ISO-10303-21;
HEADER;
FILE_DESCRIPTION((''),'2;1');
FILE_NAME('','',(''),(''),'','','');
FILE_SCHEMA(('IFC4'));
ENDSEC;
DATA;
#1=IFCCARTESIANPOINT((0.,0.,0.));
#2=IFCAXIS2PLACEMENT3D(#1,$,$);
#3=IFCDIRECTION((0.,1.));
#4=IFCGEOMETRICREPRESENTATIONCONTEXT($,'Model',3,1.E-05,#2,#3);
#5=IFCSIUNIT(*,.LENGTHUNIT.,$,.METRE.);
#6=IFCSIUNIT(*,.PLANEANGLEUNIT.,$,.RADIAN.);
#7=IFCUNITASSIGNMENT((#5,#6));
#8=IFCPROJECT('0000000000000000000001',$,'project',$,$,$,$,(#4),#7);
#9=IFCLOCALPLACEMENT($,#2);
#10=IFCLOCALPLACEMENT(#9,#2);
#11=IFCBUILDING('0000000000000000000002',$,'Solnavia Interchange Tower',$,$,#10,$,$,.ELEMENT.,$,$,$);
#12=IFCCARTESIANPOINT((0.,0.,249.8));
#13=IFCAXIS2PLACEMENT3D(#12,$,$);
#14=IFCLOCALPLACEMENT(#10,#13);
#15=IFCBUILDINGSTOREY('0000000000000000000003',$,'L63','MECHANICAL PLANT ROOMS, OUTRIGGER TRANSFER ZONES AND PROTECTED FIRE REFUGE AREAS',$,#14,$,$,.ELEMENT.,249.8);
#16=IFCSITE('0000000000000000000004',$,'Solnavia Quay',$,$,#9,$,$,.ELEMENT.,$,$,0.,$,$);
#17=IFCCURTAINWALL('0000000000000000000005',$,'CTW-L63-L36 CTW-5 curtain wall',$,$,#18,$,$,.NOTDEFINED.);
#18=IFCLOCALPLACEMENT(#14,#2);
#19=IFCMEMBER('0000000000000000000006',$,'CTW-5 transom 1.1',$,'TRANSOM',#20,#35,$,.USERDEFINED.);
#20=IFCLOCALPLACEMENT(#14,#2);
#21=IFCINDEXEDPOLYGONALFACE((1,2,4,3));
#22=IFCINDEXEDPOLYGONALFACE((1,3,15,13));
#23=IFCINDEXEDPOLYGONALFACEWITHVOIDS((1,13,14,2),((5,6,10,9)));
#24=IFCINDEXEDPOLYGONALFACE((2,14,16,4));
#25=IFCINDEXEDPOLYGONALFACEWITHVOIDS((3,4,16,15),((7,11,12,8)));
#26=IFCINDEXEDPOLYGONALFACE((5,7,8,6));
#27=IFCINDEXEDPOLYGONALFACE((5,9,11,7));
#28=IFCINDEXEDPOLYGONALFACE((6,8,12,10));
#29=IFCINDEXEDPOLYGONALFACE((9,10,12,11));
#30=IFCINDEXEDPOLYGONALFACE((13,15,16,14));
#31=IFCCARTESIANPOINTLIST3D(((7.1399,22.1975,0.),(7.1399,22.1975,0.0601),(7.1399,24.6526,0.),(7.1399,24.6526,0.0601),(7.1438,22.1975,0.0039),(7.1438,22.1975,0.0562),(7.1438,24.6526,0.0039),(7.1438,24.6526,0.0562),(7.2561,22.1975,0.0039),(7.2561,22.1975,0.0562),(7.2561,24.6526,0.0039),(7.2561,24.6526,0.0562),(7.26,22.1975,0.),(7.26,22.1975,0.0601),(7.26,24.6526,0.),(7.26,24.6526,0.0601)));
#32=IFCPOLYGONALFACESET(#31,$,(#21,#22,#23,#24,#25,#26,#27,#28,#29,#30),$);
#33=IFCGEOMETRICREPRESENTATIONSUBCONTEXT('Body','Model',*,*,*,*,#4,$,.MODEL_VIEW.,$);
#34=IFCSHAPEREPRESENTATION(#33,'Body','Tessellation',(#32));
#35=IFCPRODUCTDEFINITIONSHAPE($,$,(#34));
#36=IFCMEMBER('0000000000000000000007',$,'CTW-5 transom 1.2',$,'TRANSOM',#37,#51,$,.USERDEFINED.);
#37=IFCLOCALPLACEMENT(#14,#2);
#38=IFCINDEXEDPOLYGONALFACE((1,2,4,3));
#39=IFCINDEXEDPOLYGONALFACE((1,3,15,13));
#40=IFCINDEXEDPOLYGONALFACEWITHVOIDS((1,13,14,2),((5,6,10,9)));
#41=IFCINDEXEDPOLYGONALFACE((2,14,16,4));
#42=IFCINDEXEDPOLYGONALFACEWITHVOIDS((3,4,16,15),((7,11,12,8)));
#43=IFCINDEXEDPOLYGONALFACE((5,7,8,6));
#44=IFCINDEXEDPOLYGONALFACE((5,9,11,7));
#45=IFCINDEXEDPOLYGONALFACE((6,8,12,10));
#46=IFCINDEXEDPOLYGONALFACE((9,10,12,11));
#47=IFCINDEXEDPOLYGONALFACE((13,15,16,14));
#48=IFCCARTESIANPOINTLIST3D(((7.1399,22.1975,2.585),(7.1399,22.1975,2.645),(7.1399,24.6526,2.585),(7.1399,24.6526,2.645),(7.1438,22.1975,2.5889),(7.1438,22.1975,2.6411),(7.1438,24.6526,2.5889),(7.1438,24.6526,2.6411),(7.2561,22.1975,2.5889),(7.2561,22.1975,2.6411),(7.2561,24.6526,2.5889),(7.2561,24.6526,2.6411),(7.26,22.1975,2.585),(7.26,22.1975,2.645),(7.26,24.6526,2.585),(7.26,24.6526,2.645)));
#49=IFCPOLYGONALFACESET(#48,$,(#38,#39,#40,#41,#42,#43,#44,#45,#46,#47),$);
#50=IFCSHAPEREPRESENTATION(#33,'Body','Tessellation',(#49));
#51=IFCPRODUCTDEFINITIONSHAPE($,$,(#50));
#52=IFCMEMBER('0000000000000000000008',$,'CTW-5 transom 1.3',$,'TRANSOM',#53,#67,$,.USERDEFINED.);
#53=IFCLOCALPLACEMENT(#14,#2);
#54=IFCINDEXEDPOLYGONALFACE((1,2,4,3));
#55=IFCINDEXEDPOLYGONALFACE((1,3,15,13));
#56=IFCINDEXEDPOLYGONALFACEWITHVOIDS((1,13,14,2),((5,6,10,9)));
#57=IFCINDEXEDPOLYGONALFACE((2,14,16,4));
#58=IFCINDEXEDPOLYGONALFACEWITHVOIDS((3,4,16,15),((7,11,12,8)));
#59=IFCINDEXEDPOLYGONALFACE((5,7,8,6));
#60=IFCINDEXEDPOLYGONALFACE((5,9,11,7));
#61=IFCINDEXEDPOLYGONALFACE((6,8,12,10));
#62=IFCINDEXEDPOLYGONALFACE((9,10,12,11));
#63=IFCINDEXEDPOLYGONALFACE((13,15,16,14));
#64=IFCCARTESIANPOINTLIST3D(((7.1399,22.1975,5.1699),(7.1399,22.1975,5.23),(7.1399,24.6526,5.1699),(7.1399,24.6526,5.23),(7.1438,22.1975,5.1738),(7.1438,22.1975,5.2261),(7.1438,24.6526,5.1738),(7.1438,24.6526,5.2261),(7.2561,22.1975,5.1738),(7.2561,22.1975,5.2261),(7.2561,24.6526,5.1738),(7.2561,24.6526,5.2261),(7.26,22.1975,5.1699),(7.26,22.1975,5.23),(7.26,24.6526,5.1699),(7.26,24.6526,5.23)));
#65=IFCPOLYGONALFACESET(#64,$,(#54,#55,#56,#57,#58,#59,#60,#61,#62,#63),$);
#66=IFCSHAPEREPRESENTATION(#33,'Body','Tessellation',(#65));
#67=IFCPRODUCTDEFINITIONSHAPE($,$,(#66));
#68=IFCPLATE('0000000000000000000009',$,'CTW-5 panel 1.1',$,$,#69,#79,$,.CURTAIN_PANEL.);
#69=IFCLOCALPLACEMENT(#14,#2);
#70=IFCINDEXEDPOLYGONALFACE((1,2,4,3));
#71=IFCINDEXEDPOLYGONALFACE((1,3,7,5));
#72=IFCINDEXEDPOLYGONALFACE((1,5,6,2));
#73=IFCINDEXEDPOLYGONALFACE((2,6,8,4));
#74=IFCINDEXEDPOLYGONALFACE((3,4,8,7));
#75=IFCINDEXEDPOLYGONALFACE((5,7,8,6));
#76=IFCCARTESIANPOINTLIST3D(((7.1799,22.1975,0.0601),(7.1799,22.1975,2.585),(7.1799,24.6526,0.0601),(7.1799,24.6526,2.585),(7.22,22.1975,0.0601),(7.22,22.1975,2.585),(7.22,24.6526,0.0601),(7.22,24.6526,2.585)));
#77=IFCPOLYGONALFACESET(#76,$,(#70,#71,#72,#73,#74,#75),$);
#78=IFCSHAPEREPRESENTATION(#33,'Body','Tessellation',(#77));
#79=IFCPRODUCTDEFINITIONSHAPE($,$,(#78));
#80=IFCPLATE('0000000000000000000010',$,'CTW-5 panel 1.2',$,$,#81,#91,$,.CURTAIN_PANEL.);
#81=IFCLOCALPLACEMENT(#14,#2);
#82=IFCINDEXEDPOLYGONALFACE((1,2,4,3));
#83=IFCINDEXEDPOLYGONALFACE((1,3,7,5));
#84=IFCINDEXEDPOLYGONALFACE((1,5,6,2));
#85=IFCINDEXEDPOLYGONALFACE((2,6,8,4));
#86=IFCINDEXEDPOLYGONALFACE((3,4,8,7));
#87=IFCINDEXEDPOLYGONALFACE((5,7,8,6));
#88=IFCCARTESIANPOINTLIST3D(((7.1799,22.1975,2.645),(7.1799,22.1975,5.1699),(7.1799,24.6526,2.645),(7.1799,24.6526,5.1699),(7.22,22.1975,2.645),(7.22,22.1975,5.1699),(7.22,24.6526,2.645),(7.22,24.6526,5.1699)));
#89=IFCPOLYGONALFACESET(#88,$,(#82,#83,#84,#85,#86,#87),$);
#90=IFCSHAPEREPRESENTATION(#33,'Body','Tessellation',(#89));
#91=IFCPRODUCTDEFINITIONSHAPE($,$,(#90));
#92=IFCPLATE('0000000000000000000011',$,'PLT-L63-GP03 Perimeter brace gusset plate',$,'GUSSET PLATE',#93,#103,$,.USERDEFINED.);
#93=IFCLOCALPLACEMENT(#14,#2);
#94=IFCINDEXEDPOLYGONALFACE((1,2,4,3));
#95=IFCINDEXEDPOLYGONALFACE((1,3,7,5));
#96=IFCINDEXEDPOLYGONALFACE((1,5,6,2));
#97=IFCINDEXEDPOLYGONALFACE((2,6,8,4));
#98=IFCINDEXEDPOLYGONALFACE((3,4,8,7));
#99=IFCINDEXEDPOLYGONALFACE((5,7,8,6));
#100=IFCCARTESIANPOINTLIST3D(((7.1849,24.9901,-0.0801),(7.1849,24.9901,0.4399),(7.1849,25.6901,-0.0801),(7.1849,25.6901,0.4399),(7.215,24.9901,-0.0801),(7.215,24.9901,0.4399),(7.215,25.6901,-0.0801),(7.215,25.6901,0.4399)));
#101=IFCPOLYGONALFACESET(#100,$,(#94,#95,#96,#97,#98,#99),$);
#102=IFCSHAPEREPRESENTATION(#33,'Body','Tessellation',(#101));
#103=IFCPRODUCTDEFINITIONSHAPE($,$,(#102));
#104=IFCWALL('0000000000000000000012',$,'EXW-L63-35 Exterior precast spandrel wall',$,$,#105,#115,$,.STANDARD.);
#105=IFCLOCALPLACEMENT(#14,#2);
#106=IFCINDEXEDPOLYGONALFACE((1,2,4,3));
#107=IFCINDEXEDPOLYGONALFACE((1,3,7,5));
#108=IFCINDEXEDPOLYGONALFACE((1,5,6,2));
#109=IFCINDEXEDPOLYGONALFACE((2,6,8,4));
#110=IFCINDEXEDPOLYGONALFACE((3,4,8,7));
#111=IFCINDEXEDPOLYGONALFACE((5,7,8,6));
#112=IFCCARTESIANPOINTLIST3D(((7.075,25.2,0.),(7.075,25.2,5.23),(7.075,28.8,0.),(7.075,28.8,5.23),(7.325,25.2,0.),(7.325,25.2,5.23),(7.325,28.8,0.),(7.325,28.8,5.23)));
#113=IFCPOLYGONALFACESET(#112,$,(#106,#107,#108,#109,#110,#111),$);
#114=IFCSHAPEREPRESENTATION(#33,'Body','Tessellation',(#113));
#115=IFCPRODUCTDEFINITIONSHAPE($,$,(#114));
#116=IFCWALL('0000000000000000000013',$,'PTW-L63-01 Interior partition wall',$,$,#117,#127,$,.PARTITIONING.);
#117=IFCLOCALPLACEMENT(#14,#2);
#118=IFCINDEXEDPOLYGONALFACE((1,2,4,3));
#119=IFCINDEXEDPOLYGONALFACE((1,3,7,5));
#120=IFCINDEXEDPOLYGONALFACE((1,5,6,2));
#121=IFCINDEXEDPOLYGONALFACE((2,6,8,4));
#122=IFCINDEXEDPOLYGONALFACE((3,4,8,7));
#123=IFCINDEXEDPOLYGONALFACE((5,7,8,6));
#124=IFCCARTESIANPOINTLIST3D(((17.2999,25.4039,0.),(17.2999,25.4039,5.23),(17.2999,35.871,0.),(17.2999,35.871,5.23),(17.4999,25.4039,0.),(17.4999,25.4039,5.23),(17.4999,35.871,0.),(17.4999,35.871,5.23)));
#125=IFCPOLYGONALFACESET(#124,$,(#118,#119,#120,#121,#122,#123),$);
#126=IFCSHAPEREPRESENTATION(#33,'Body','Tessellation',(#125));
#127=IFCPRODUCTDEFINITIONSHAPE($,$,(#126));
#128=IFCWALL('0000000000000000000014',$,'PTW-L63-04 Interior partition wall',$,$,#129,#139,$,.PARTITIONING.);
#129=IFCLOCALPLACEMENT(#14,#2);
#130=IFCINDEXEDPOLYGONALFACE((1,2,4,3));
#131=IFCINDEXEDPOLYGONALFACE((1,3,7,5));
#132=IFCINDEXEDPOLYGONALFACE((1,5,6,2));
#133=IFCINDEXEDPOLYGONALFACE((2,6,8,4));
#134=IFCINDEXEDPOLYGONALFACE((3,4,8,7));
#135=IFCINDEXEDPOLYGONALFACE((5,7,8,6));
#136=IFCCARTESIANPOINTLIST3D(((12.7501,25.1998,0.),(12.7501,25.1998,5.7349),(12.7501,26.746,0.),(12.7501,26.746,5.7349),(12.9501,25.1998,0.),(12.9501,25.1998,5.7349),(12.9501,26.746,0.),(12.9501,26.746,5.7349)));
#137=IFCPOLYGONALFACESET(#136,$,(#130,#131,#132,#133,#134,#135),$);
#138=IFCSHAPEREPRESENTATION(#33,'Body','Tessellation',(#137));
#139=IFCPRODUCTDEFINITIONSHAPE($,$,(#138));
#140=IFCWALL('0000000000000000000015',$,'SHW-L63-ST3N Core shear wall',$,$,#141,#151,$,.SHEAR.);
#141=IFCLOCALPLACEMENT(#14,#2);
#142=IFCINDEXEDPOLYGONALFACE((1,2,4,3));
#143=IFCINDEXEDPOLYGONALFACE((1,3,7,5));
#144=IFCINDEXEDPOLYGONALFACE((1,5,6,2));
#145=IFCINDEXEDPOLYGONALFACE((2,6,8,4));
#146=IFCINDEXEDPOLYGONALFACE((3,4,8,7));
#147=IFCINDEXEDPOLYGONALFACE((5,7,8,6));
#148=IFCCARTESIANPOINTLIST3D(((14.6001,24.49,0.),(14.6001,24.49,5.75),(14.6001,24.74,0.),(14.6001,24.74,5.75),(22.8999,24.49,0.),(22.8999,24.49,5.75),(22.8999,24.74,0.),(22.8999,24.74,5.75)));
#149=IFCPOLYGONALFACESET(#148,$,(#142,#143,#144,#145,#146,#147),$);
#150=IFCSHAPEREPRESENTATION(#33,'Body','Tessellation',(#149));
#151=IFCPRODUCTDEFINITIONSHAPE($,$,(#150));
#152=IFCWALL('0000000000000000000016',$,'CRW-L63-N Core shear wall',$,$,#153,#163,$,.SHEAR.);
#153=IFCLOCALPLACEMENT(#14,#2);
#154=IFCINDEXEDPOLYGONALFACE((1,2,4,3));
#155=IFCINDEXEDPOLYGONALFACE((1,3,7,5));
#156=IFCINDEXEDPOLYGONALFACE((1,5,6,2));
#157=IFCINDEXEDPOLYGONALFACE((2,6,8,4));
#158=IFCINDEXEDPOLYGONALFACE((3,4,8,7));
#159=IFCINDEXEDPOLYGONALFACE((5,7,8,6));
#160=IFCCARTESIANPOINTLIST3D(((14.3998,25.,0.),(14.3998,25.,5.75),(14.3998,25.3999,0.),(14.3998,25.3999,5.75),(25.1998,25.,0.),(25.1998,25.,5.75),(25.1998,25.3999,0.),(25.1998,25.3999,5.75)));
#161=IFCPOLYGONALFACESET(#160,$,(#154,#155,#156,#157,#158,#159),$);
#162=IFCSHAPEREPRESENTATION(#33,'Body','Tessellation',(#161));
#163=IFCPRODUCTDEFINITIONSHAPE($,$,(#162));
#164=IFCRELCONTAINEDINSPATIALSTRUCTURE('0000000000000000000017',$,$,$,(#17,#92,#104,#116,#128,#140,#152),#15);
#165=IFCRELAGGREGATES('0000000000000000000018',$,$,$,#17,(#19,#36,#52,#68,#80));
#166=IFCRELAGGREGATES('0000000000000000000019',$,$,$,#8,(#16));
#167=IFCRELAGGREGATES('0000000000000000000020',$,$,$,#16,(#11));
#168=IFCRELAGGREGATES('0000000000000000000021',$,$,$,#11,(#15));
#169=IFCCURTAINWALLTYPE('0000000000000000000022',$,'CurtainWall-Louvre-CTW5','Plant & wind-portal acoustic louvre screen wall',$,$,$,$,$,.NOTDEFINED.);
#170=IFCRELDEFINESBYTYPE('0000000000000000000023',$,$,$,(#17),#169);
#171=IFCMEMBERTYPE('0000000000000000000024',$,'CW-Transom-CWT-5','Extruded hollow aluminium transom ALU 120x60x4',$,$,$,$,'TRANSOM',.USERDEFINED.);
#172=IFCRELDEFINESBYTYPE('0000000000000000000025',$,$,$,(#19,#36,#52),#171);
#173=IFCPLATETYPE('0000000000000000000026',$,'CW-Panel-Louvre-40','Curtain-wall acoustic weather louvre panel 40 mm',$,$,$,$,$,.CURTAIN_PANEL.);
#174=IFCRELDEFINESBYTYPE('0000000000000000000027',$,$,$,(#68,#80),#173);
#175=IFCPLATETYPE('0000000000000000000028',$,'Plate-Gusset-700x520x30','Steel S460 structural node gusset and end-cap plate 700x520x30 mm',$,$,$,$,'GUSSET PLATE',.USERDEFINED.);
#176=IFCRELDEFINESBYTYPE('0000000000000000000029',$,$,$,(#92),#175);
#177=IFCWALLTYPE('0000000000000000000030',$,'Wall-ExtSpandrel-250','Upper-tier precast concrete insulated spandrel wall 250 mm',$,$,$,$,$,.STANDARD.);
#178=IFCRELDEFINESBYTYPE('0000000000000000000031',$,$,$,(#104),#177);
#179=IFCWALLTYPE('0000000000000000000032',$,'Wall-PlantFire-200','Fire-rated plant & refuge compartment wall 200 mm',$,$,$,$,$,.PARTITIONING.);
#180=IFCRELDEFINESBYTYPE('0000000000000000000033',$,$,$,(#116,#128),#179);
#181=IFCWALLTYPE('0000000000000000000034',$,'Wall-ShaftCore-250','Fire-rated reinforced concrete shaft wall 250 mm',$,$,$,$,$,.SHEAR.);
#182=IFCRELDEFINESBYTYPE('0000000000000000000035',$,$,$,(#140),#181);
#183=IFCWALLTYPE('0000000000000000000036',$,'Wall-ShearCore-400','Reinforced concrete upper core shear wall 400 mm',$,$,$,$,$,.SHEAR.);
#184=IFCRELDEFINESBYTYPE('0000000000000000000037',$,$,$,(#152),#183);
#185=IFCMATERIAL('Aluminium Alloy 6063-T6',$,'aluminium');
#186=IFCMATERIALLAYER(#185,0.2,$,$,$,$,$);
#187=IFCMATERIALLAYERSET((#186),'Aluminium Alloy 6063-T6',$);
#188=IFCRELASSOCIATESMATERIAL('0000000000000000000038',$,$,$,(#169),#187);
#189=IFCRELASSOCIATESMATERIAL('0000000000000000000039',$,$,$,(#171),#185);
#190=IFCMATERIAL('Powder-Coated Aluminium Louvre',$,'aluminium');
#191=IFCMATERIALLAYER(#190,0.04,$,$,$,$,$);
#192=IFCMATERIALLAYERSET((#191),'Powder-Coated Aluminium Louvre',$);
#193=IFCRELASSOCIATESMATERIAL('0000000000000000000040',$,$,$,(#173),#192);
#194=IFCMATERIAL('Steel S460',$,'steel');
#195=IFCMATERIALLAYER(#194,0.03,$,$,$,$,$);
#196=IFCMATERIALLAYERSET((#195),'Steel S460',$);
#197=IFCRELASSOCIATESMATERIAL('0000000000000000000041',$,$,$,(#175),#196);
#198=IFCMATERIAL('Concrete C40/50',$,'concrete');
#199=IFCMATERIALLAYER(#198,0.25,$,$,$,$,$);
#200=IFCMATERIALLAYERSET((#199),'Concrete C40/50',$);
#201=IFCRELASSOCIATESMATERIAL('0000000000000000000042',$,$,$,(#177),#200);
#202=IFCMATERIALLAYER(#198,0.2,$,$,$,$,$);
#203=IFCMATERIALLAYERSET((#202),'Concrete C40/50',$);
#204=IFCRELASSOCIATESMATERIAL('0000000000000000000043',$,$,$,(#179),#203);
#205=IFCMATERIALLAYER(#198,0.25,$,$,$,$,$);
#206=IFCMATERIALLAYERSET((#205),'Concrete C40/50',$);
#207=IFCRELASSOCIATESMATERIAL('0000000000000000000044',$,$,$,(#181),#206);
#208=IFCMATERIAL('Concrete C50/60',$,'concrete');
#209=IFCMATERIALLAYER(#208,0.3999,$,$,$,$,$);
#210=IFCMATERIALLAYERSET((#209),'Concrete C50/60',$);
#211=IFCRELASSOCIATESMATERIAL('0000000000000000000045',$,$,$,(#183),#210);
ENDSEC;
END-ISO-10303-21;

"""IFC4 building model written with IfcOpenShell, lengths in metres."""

from ifc_helpers import new_model, si_unit, direction, frame, frame_2d, origin, origin_2d, place, context, subcontext, project, spatial, rectangle, hollow_rectangle, extrude, material, layer, layer_set, material_profile, profile_set, type_object, element, aggregate, save


model = new_model("IFC4")

# Units and contexts
model_context = context("Model", 3, precision=1e-05, world=origin(), true_north=direction((0.0, 1.0)))
body_context = subcontext(model_context, "Body", "Model", "MODEL_VIEW")
ifc_project = project(units=[si_unit("LENGTHUNIT", "METRE"), si_unit("PLANEANGLEUNIT", "RADIAN")], contexts=[model_context])

# Site, building, storey
site_placement = place(None, origin())
site = spatial("IfcSite", under=ifc_project, at=site_placement, Name="Solnavia Quay", CompositionType="ELEMENT", RefElevation=0.0)
building_placement = place(site_placement, origin())
building = spatial("IfcBuilding", under=site, at=building_placement, Name="Solnavia Interchange Tower", CompositionType="ELEMENT")
storey_placement = place(building_placement, frame((0.0, 0.0, 249.8)))
storey = spatial("IfcBuildingStorey", under=building, at=storey_placement, Name="L63", Description="MECHANICAL PLANT ROOMS, OUTRIGGER TRANSFER ZONES AND PROTECTED FIRE REFUGE AREAS", CompositionType="ELEMENT", Elevation=249.8)

# Shared definitions
ifc_material_1 = material(Name="Concrete C50/60", Category="concrete")

# Shared definitions
ifc_material_2 = material(Name="Steel S460", Category="steel")

# Curtain wall, members, plates
ifc_material_3 = material(Name="Aluminium Alloy 6063-T6", Category="aluminium")
ifc_layer_1 = layer(ifc_material_3, 0.2)
ifc_layer_set_1 = layer_set([ifc_layer_1], Name="Aluminium Alloy 6063-T6")
curtain_wall_type = type_object("IfcCurtainWallType", Name="CurtainWall-Louvre-CTW5", Description="Plant & wind-portal acoustic louvre screen wall", PredefinedType="NOTDEFINED", material=ifc_layer_set_1)
curtain_wall_placement = place(storey_placement, origin())
curtain_wall = element("IfcCurtainWall", 1, at=curtain_wall_placement, inside=storey, type_object=curtain_wall_type, Name="CTW-L63-L36 CTW-5 curtain wall", PredefinedType="NOTDEFINED")
ifc_material_profile_1 = material_profile(ifc_material_3, hollow_rectangle(XDim=0.0601, YDim=0.1201, WallThickness=0.0039, at=origin_2d()), Name="ALU 120x60x4")
ifc_profile_set_1 = profile_set([ifc_material_profile_1], Name="Aluminium Alloy 6063-T6")
member_type_1 = type_object("IfcMemberType", Name="CW-Transom-CWT-5", Description="Extruded hollow aluminium transom ALU 120x60x4", ElementType="TRANSOM", PredefinedType="USERDEFINED", material=ifc_profile_set_1)
member_1_placement = place(storey_placement, frame((7.2, 24.6526, 0.03), z_axis=(0.0, -1.0, 0.0), x_axis=(0.0, 0.0, 1.0)))
member_1 = element("IfcMember", 2, at=member_1_placement, type_object=member_type_1, Name="CTW-5 transom 1.1", ObjectType="TRANSOM", PredefinedType="USERDEFINED", context=body_context, shape_type="SweptSolid", body=[
    extrude(hollow_rectangle(XDim=0.0601, YDim=0.1201, WallThickness=0.0039, at=origin_2d()), origin(), (0.0, 0.0, 1.0), 2.4551),
])
member_2_placement = place(storey_placement, frame((7.2, 24.6526, 2.615), z_axis=(0.0, -1.0, 0.0), x_axis=(0.0, 0.0, 1.0)))
member_2 = element("IfcMember", 3, at=member_2_placement, type_object=member_type_1, Name="CTW-5 transom 1.2", ObjectType="TRANSOM", PredefinedType="USERDEFINED", context=body_context, shape_type="SweptSolid", body=[
    extrude(hollow_rectangle(XDim=0.0601, YDim=0.1201, WallThickness=0.0039, at=origin_2d()), origin(), (0.0, 0.0, 1.0), 2.4551),
])
member_3_placement = place(storey_placement, frame((7.2, 24.6526, 5.2), z_axis=(0.0, -1.0, 0.0), x_axis=(0.0, 0.0, 1.0)))
member_3 = element("IfcMember", 4, at=member_3_placement, type_object=member_type_1, Name="CTW-5 transom 1.3", ObjectType="TRANSOM", PredefinedType="USERDEFINED", context=body_context, shape_type="SweptSolid", body=[
    extrude(hollow_rectangle(XDim=0.0601, YDim=0.1201, WallThickness=0.0039, at=origin_2d()), origin(), (0.0, 0.0, 1.0), 2.4551),
])
ifc_material_4 = material(Name="Powder-Coated Aluminium Louvre", Category="aluminium")
ifc_layer_2 = layer(ifc_material_4, 0.04)
ifc_layer_set_2 = layer_set([ifc_layer_2], Name="Powder-Coated Aluminium Louvre")
plate_type_1 = type_object("IfcPlateType", Name="CW-Panel-Louvre-40", Description="Curtain-wall acoustic weather louvre panel 40 mm", PredefinedType="CURTAIN_PANEL", material=ifc_layer_set_2)
plate_1_placement = place(storey_placement, frame((7.2, 23.425, 0.0601), z_axis=(0.0, 0.0, 1.0), x_axis=(0.0, -1.0, 0.0)))
plate_1 = element("IfcPlate", 5, at=plate_1_placement, type_object=plate_type_1, Name="CTW-5 panel 1.1", PredefinedType="CURTAIN_PANEL", context=body_context, shape_type="SweptSolid", body=[
    extrude(rectangle(XDim=2.4551, YDim=0.04, at=origin_2d()), origin(), (0.0, 0.0, 1.0), 2.5249),
])
plate_2_placement = place(storey_placement, frame((7.2, 23.425, 2.645), z_axis=(0.0, 0.0, 1.0), x_axis=(0.0, -1.0, 0.0)))
plate_2 = element("IfcPlate", 6, at=plate_2_placement, type_object=plate_type_1, Name="CTW-5 panel 1.2", PredefinedType="CURTAIN_PANEL", context=body_context, shape_type="SweptSolid", body=[
    extrude(rectangle(XDim=2.4551, YDim=0.04, at=origin_2d()), origin(), (0.0, 0.0, 1.0), 2.5249),
])
aggregate(curtain_wall, [member_1, member_2, member_3, plate_1, plate_2])

# Plate
ifc_layer_3 = layer(ifc_material_2, 0.03)
ifc_layer_set_3 = layer_set([ifc_layer_3], Name="Steel S460")
plate_type_2 = type_object("IfcPlateType", Name="Plate-Gusset-700x520x30", Description="Steel S460 structural node gusset and end-cap plate 700x520x30 mm", ElementType="GUSSET PLATE", PredefinedType="USERDEFINED", material=ifc_layer_set_3)
plate_3_placement = place(storey_placement, frame((7.2, 25.3401, -0.0801), z_axis=(0.0, 0.0, 1.0), x_axis=(0.0, 1.0, 0.0)))
element("IfcPlate", 7, at=plate_3_placement, inside=storey, type_object=plate_type_2, Name="PLT-L63-GP03 Perimeter brace gusset plate", ObjectType="GUSSET PLATE", PredefinedType="USERDEFINED", context=body_context, shape_type="SweptSolid", body=[
    extrude(rectangle(XDim=0.7, YDim=0.03, at=origin_2d()), origin(), (0.0, 0.0, 1.0), 0.52),
])

# Walls
ifc_material_5 = material(Name="Concrete C40/50", Category="concrete")
ifc_layer_4 = layer(ifc_material_5, 0.25)
ifc_layer_set_4 = layer_set([ifc_layer_4], Name="Concrete C40/50")
wall_type_1 = type_object("IfcWallType", Name="Wall-ExtSpandrel-250", Description="Upper-tier precast concrete insulated spandrel wall 250 mm", PredefinedType="STANDARD", material=ifc_layer_set_4)
wall_1_placement = place(storey_placement, frame((7.2, 25.2, 0.0), z_axis=(0.0, 0.0, 1.0), x_axis=(0.0, 1.0, 0.0)))
element("IfcWall", 8, at=wall_1_placement, inside=storey, type_object=wall_type_1, Name="EXW-L63-35 Exterior precast spandrel wall", PredefinedType="STANDARD", context=body_context, shape_type="SweptSolid", body=[
    extrude(rectangle(XDim=3.6001, YDim=0.25, at=frame_2d((1.8, 0.0))), origin(), (0.0, 0.0, 1.0), 5.23),
])
ifc_layer_5 = layer(ifc_material_5, 0.2)
ifc_layer_set_5 = layer_set([ifc_layer_5], Name="Concrete C40/50")
wall_type_2 = type_object("IfcWallType", Name="Wall-PlantFire-200", Description="Fire-rated plant & refuge compartment wall 200 mm", PredefinedType="PARTITIONING", material=ifc_layer_set_5)
wall_2_placement = place(storey_placement, frame((17.3999, 25.4041, 0.0), z_axis=(0.0, 0.0, 1.0), x_axis=(0.0, 1.0, 0.0)))
element("IfcWall", 9, at=wall_2_placement, inside=storey, type_object=wall_type_2, Name="PTW-L63-01 Interior partition wall", PredefinedType="PARTITIONING", context=body_context, shape_type="SweptSolid", body=[
    extrude(rectangle(XDim=10.467, YDim=0.2, at=frame_2d((5.2334, 0.0))), origin(), (0.0, 0.0, 1.0), 5.23),
])
wall_3_placement = place(storey_placement, frame((12.8501, 25.2, 0.0), z_axis=(0.0, 0.0, 1.0), x_axis=(0.0, 1.0, 0.0)))
element("IfcWall", 10, at=wall_3_placement, inside=storey, type_object=wall_type_2, Name="PTW-L63-04 Interior partition wall", PredefinedType="PARTITIONING", context=body_context, shape_type="SweptSolid", body=[
    extrude(rectangle(XDim=1.5461, YDim=0.2, at=frame_2d((0.7729, 0.0))), origin(), (0.0, 0.0, 1.0), 5.7349),
])
ifc_layer_6 = layer(ifc_material_5, 0.25)
ifc_layer_set_6 = layer_set([ifc_layer_6], Name="Concrete C40/50")
wall_type_3 = type_object("IfcWallType", Name="Wall-ShaftCore-250", Description="Fire-rated reinforced concrete shaft wall 250 mm", PredefinedType="SHEAR", material=ifc_layer_set_6)
wall_4_placement = place(storey_placement, frame((14.6001, 24.615, 0.0), z_axis=(0.0, 0.0, 1.0), x_axis=(1.0, 0.0, 0.0)))
element("IfcWall", 11, at=wall_4_placement, inside=storey, type_object=wall_type_3, Name="SHW-L63-ST3N Core shear wall", PredefinedType="SHEAR", context=body_context, shape_type="SweptSolid", body=[
    extrude(rectangle(XDim=8.2998, YDim=0.25, at=frame_2d((4.1499, 0.0))), origin(), (0.0, 0.0, 1.0), 5.75),
])
ifc_layer_7 = layer(ifc_material_1, 0.3999)
ifc_layer_set_7 = layer_set([ifc_layer_7], Name="Concrete C50/60")
wall_type_4 = type_object("IfcWallType", Name="Wall-ShearCore-400", Description="Reinforced concrete upper core shear wall 400 mm", PredefinedType="SHEAR", material=ifc_layer_set_7)
wall_5_placement = place(storey_placement, frame((14.3999, 25.2, 0.0), z_axis=(0.0, 0.0, 1.0), x_axis=(1.0, 0.0, 0.0)))
element("IfcWall", 12, at=wall_5_placement, inside=storey, type_object=wall_type_4, Name="CRW-L63-N Core shear wall", PredefinedType="SHEAR", context=body_context, shape_type="SweptSolid", body=[
    extrude(rectangle(XDim=10.8, YDim=0.3999, at=frame_2d((5.3999, 0.0))), origin(), (0.0, 0.0, 1.0), 5.75),
])

save(model, "model.ifc")
